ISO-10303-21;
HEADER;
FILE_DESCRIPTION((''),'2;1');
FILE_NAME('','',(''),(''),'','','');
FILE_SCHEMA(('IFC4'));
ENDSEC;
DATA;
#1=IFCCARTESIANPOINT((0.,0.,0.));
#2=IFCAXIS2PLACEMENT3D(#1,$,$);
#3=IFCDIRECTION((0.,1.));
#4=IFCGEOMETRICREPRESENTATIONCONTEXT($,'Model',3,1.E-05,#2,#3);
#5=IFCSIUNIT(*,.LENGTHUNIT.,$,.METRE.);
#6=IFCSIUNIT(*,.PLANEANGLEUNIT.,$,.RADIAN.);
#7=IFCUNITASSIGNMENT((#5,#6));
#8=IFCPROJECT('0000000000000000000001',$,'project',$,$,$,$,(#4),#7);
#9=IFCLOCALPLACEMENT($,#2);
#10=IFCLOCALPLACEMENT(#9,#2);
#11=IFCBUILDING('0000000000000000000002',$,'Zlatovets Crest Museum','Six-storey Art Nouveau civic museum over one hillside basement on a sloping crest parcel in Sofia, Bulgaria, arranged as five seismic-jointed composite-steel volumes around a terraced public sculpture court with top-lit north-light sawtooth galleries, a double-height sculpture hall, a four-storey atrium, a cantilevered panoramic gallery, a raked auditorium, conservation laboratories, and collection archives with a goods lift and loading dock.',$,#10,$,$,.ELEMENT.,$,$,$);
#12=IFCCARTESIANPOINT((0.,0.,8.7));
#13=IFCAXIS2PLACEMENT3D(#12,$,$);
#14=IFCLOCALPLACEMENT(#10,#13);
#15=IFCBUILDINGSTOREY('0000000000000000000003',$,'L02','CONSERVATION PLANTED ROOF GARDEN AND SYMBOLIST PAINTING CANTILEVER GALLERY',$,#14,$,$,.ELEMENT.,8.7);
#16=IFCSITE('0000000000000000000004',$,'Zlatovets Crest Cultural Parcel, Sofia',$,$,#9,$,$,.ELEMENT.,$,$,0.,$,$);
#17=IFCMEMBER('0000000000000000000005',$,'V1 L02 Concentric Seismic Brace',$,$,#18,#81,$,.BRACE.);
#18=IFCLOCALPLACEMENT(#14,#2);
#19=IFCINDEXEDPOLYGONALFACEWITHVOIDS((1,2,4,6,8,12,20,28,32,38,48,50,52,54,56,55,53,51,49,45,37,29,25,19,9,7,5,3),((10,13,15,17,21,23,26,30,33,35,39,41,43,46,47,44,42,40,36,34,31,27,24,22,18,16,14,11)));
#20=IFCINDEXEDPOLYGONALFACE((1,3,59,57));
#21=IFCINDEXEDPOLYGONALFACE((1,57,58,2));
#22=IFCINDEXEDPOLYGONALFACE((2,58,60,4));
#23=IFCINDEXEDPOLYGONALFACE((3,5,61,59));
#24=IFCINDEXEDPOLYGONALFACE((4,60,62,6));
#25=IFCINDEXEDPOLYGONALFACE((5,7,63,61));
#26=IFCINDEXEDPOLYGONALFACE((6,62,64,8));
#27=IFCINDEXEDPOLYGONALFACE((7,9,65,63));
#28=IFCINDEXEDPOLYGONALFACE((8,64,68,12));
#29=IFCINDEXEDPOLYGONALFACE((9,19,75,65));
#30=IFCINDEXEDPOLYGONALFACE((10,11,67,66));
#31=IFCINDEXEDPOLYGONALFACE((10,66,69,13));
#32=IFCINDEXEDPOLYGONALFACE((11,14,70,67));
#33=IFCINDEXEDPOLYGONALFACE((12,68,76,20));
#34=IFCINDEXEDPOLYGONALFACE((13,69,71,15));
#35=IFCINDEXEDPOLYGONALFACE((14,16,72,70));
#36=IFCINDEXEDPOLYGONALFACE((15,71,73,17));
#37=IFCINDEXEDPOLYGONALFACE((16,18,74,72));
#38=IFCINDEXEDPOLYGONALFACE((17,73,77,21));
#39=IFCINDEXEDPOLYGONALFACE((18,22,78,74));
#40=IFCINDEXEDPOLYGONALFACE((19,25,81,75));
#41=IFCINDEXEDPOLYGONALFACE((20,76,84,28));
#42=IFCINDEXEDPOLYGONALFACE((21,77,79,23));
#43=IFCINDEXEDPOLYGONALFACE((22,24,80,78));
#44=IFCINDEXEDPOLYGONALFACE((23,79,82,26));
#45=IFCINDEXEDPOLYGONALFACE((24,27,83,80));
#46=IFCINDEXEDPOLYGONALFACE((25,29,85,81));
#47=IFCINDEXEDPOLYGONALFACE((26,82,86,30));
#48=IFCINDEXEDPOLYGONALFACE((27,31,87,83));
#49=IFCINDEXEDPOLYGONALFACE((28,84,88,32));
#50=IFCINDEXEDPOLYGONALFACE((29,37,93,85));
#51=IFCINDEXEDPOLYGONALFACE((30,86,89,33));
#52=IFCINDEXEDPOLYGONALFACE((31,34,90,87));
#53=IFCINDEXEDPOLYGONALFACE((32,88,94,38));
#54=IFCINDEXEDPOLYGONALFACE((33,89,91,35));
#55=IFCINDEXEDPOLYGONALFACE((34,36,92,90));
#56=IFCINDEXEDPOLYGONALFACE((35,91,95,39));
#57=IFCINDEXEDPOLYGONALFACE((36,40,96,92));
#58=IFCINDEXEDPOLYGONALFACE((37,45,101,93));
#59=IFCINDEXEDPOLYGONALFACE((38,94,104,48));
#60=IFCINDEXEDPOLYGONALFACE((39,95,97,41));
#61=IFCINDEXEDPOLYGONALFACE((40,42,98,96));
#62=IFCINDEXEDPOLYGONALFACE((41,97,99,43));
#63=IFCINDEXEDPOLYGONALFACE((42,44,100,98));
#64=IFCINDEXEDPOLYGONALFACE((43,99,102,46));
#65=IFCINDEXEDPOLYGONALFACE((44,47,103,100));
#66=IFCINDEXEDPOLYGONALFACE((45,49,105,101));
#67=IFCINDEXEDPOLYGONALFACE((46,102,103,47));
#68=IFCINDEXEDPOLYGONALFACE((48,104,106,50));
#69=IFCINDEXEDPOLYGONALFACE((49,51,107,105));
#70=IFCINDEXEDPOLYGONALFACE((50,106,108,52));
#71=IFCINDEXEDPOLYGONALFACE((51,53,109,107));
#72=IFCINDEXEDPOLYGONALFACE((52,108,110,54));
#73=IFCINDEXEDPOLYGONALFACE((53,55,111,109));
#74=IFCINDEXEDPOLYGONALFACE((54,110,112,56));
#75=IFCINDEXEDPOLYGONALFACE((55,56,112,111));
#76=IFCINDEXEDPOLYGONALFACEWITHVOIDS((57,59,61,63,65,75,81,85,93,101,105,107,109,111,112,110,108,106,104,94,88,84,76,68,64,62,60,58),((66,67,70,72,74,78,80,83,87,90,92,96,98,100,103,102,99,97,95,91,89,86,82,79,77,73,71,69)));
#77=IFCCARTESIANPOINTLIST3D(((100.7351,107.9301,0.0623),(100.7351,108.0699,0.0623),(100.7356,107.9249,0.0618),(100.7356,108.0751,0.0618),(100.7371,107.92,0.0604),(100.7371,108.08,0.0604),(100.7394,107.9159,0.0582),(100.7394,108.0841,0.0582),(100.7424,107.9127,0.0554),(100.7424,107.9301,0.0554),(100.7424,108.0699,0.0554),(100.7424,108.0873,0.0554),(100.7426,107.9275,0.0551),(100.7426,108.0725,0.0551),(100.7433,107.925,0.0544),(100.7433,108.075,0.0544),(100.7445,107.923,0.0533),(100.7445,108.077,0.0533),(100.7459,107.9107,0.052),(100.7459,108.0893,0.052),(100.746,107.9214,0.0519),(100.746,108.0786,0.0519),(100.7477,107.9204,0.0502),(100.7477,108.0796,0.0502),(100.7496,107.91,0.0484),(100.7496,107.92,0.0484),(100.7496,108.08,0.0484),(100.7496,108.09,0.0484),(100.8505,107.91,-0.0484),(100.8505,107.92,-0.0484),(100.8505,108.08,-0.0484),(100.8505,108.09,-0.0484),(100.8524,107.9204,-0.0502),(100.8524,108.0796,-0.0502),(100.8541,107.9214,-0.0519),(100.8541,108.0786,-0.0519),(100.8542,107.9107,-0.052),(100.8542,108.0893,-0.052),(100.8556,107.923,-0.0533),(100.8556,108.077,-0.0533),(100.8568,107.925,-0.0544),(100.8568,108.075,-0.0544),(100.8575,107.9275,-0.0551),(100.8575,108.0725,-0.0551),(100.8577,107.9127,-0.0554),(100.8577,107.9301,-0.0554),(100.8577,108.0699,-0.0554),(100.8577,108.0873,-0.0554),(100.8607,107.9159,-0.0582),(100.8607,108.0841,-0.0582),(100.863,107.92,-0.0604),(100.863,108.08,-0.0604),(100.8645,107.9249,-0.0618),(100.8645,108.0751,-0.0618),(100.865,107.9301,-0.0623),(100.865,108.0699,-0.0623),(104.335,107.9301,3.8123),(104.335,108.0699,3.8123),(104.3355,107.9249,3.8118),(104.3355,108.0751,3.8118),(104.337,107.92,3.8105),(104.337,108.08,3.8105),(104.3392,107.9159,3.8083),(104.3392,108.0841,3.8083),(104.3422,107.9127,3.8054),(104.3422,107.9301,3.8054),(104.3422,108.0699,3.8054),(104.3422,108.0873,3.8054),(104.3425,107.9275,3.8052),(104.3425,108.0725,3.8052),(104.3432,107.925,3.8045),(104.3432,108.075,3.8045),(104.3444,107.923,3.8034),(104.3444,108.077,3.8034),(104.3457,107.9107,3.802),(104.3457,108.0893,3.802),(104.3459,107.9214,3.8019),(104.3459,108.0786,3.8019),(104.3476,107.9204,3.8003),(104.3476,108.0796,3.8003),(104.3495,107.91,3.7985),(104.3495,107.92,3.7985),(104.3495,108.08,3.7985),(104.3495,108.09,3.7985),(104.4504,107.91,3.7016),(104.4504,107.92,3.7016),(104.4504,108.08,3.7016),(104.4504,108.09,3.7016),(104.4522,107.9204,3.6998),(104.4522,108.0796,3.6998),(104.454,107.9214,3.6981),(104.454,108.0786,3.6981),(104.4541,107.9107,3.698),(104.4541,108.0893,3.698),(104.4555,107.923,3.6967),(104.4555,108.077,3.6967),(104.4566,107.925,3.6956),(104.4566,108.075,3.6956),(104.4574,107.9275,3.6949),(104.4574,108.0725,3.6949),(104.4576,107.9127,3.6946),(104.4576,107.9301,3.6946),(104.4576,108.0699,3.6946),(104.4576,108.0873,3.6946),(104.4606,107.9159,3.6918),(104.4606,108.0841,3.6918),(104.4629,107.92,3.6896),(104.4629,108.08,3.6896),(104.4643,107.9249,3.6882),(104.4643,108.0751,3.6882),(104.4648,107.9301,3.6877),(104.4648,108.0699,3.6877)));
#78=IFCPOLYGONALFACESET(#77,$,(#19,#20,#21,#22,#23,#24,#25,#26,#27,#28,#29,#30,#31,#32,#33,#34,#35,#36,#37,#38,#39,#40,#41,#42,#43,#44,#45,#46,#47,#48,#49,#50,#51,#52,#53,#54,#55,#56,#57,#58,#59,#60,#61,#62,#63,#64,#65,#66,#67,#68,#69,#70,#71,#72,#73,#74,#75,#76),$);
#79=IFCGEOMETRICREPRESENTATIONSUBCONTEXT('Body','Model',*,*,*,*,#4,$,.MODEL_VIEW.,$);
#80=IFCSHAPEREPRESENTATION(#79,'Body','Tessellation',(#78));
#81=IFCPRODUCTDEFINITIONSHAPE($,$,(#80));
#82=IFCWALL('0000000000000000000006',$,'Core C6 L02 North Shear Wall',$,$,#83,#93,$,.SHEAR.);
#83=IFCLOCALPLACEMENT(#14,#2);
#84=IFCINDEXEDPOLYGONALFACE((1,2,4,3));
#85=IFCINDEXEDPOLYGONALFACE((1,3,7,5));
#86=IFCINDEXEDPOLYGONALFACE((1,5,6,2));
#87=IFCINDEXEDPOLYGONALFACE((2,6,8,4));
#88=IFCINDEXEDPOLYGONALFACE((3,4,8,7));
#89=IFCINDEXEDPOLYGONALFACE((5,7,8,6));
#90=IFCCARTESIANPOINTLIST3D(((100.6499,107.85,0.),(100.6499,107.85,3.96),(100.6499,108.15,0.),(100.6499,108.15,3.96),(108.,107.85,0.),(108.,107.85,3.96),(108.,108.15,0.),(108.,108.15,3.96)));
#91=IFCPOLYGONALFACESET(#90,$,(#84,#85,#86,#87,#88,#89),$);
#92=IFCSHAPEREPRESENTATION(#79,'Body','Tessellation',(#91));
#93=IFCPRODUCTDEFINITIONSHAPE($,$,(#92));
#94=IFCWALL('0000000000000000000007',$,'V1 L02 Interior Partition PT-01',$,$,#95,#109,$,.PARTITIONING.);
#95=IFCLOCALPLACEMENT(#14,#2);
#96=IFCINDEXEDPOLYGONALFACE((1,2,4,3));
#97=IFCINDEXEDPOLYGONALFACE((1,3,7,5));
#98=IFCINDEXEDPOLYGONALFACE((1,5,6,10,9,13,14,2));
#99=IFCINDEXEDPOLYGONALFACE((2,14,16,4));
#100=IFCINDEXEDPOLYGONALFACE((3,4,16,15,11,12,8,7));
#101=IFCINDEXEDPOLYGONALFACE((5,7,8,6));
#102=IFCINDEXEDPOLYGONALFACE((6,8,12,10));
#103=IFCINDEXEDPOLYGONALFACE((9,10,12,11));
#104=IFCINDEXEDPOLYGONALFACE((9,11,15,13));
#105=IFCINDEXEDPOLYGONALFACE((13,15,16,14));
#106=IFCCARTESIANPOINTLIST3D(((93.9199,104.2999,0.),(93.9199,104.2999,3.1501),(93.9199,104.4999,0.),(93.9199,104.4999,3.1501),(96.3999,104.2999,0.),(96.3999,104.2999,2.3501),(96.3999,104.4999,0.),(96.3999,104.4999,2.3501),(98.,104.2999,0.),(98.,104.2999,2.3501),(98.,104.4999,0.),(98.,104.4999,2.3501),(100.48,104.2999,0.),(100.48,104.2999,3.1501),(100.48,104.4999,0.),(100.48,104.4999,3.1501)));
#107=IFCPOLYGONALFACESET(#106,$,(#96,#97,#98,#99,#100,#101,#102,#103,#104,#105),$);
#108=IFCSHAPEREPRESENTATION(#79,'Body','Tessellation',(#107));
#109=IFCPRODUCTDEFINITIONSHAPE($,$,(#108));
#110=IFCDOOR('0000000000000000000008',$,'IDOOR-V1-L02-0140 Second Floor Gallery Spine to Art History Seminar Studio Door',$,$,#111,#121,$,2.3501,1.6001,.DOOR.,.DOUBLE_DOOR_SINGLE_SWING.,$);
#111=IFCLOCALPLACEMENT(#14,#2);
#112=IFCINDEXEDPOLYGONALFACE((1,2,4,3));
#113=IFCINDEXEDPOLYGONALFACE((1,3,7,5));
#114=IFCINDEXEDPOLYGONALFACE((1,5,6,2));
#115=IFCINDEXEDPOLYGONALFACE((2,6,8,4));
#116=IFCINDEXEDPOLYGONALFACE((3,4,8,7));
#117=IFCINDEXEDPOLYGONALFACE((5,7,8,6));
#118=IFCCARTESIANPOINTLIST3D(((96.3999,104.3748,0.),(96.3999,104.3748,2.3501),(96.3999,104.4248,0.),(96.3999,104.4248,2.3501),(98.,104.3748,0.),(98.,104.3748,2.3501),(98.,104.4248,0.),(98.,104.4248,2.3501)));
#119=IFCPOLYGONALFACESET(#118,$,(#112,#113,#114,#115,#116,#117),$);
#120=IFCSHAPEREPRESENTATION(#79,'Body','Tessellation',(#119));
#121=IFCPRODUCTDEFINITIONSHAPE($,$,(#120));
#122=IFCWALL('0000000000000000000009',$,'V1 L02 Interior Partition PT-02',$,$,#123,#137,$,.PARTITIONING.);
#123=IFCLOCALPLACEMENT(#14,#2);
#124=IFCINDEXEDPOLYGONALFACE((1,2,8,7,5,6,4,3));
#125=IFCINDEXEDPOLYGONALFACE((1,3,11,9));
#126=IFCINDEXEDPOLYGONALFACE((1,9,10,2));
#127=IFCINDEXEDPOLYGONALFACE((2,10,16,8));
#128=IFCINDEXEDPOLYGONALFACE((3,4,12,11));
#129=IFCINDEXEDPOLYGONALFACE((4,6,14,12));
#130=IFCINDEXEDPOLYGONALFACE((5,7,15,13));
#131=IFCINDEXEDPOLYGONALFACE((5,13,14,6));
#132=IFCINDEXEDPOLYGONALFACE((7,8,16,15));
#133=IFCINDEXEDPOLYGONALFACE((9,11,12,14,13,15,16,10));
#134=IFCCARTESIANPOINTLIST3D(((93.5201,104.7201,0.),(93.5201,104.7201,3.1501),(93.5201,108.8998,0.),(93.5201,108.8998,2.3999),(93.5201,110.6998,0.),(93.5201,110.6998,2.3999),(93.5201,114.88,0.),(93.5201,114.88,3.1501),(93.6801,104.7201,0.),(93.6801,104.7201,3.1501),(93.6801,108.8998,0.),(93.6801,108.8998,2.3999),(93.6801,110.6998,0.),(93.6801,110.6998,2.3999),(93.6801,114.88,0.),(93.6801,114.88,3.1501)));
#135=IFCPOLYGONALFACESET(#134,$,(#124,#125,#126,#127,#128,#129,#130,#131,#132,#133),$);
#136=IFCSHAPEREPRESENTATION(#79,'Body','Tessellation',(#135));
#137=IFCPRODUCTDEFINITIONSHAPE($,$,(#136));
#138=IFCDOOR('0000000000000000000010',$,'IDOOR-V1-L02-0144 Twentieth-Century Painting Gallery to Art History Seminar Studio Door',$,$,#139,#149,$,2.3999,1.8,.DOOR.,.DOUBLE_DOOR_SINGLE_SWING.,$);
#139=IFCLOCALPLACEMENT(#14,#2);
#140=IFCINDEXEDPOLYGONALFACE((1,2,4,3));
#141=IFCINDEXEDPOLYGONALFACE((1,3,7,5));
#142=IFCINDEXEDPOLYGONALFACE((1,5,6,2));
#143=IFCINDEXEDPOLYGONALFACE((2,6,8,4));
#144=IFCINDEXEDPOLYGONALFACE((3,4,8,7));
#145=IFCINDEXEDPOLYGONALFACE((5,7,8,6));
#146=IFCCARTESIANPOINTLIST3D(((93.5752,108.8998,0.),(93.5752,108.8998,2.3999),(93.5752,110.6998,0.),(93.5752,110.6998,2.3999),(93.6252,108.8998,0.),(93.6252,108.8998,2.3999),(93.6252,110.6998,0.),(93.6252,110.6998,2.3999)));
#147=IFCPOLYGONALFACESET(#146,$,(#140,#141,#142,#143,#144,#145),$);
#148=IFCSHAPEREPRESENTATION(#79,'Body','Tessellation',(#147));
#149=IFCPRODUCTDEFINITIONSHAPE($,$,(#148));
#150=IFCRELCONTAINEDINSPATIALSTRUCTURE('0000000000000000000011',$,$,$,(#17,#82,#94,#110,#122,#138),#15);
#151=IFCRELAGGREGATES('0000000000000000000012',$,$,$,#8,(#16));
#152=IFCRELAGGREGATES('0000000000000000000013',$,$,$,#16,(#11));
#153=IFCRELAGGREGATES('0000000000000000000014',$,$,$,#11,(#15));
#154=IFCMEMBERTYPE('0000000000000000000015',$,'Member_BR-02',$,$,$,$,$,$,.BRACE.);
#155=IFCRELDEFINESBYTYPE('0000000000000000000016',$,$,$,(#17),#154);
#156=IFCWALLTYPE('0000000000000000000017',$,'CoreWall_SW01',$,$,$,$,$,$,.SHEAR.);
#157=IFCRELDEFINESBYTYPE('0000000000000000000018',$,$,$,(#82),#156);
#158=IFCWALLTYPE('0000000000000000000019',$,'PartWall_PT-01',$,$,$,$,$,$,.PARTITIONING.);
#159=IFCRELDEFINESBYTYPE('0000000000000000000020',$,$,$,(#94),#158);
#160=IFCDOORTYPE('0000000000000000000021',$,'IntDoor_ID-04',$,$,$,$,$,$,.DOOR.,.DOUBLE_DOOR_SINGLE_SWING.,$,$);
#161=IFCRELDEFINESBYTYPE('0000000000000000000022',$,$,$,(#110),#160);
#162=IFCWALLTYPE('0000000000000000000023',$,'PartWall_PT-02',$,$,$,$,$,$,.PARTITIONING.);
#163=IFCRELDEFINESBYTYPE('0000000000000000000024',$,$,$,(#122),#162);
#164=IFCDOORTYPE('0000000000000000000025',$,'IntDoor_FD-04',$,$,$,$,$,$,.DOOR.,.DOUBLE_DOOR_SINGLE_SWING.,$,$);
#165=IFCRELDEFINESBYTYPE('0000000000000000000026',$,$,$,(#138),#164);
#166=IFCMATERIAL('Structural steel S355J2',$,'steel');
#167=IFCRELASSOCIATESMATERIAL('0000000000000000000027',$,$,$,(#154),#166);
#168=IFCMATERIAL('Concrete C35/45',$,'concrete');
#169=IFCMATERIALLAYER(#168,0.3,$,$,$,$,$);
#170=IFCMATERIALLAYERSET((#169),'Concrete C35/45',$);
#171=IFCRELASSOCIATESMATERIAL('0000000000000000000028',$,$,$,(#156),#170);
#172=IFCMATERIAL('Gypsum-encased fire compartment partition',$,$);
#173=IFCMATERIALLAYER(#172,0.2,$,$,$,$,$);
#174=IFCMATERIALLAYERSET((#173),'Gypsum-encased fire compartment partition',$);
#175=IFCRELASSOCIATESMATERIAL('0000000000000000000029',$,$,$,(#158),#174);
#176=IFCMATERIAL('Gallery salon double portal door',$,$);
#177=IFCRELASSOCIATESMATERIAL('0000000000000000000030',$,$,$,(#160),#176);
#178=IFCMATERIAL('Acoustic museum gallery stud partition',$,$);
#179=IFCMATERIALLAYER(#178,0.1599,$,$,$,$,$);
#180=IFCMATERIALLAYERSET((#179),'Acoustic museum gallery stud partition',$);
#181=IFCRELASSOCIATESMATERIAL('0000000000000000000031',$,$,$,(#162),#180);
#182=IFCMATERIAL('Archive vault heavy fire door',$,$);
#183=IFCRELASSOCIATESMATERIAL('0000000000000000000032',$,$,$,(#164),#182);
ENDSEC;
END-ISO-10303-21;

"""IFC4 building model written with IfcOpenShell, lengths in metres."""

from ifc_helpers import new_model, si_unit, direction, frame, frame_2d, origin, origin_2d, place, context, subcontext, project, spatial, rectangle, hollow_rectangle, extrude, material, layer, layer_set, material_profile, profile_set, type_object, element, fill, save


model = new_model("IFC4")

# Units and contexts
model_context = context("Model", 3, precision=1e-05, world=origin(), true_north=direction((0.0, 1.0)))
body_context = subcontext(model_context, "Body", "Model", "MODEL_VIEW")
ifc_project = project(units=[si_unit("LENGTHUNIT", "METRE"), si_unit("PLANEANGLEUNIT", "RADIAN")], contexts=[model_context])

# Site, building, storey
site_placement = place(None, origin())
site = spatial("IfcSite", under=ifc_project, at=site_placement, Name="Zlatovets Crest Cultural Parcel, Sofia", CompositionType="ELEMENT", RefElevation=0.0)
building_placement = place(site_placement, origin())
building = spatial("IfcBuilding", under=site, at=building_placement, Name="Zlatovets Crest Museum", Description="Six-storey Art Nouveau civic museum over one hillside basement on a sloping crest parcel in Sofia, Bulgaria, arranged as five seismic-jointed composite-steel volumes around a terraced public sculpture court with top-lit north-light sawtooth galleries, a double-height sculpture hall, a four-storey atrium, a cantilevered panoramic gallery, a raked auditorium, conservation laboratories, and collection archives with a goods lift and loading dock.", CompositionType="ELEMENT")
storey_placement = place(building_placement, frame((0.0, 0.0, 8.7)))
storey = spatial("IfcBuildingStorey", under=building, at=storey_placement, Name="L02", Description="CONSERVATION PLANTED ROOF GARDEN AND SYMBOLIST PAINTING CANTILEVER GALLERY", CompositionType="ELEMENT", Elevation=8.7)

# Shared definitions
ifc_material_1 = material(Name="Structural steel S355J2", Category="steel")

# Member
ifc_material_profile_1 = material_profile(ifc_material_1, hollow_rectangle(XDim=0.1799, YDim=0.1799, WallThickness=0.01, InnerFilletRadius=0.01, OuterFilletRadius=0.02, at=origin_2d()), Name="SHS 180x180x10.0")
ifc_profile_set_1 = profile_set([ifc_material_profile_1], Name="Structural steel S355J2")
member_type = type_object("IfcMemberType", Name="Member_BR-02", PredefinedType="BRACE", material=ifc_profile_set_1)
member_placement = place(storey_placement, frame((100.8, 108.0, 0.0), z_axis=(0.692517, 0.0, 0.721401), x_axis=(0.0, 1.0, 0.0)))
element("IfcMember", 1, at=member_placement, inside=storey, type_object=member_type, Name="V1 L02 Concentric Seismic Brace", PredefinedType="BRACE", context=body_context, shape_type="SweptSolid", body=[
    extrude(hollow_rectangle(XDim=0.1799, YDim=0.1799, WallThickness=0.01, InnerFilletRadius=0.01, OuterFilletRadius=0.02, at=origin_2d()), origin(), (0.0, 0.0, 1.0), 5.1982),
])

# Wall
ifc_material_2 = material(Name="Concrete C35/45", Category="concrete")
ifc_layer_1 = layer(ifc_material_2, 0.3)
ifc_layer_set_1 = layer_set([ifc_layer_1], Name="Concrete C35/45")
wall_type_1 = type_object("IfcWallType", Name="CoreWall_SW01", PredefinedType="SHEAR", material=ifc_layer_set_1)
wall_1_placement = place(storey_placement, frame((100.6499, 108.0, 0.0), z_axis=(0.0, 0.0, 1.0), x_axis=(1.0, 0.0, 0.0)))
element("IfcWall", 2, at=wall_1_placement, inside=storey, type_object=wall_type_1, Name="Core C6 L02 North Shear Wall", PredefinedType="SHEAR", context=body_context, shape_type="SweptSolid", body=[
    extrude(rectangle(XDim=7.3501, YDim=0.3, at=frame_2d((3.675, 0.0))), origin(), (0.0, 0.0, 1.0), 3.96),
])

# Walls, openings, doors
ifc_material_3 = material(Name="Gypsum-encased fire compartment partition")
ifc_layer_2 = layer(ifc_material_3, 0.2)
ifc_layer_set_2 = layer_set([ifc_layer_2], Name="Gypsum-encased fire compartment partition")
wall_type_2 = type_object("IfcWallType", Name="PartWall_PT-01", PredefinedType="PARTITIONING", material=ifc_layer_set_2)
wall_2_placement = place(storey_placement, frame((93.9199, 104.3999, 0.0), z_axis=(0.0, 0.0, 1.0), x_axis=(1.0, 0.0, 0.0)))
wall_2 = element("IfcWall", 3, at=wall_2_placement, inside=storey, type_object=wall_type_2, Name="V1 L02 Interior Partition PT-01", PredefinedType="PARTITIONING", context=body_context, shape_type="SweptSolid", body=[
    extrude(rectangle(XDim=6.5601, YDim=0.2, at=frame_2d((3.28, 0.0))), origin(), (0.0, 0.0, 1.0), 3.1501),
])
opening_1_placement = place(wall_2_placement, frame((2.48, 0.0, 0.0)))
opening_1 = element("IfcOpeningElement", 4, at=opening_1_placement, cuts=wall_2, PredefinedType="OPENING", context=body_context, shape_type="SweptSolid", body=[
    extrude(rectangle(XDim=1.6001, YDim=2.3501, at=frame_2d((0.8, 1.175))), frame((0.0, 0.1099, 0.0), z_axis=(0.0, -1.0, 0.0), x_axis=(1.0, 0.0, 0.0)), (0.0, 0.0, 1.0), 0.22),
])
ifc_material_4 = material(Name="Gallery salon double portal door")
door_type_1 = type_object("IfcDoorType", Name="IntDoor_ID-04", OperationType="DOUBLE_DOOR_SINGLE_SWING", PredefinedType="DOOR", material=ifc_material_4)
door_1_placement = place(opening_1_placement, origin())
door_1 = element("IfcDoor", 5, at=door_1_placement, inside=storey, type_object=door_type_1, Name="IDOOR-V1-L02-0140 Second Floor Gallery Spine to Art History Seminar Studio Door", OperationType="DOUBLE_DOOR_SINGLE_SWING", OverallHeight=2.3501, OverallWidth=1.6001, PredefinedType="DOOR", context=body_context, shape_type="SweptSolid", body=[
    extrude(rectangle(XDim=1.6001, YDim=2.3501, at=frame_2d((0.8, 1.175))), frame((0.0, 0.0249, 0.0), z_axis=(0.0, -1.0, 0.0), x_axis=(1.0, 0.0, 0.0)), (0.0, 0.0, 1.0), 0.05),
])
fill(opening_1, door_1)
ifc_material_5 = material(Name="Acoustic museum gallery stud partition")
ifc_layer_3 = layer(ifc_material_5, 0.1599)
ifc_layer_set_3 = layer_set([ifc_layer_3], Name="Acoustic museum gallery stud partition")
wall_type_3 = type_object("IfcWallType", Name="PartWall_PT-02", PredefinedType="PARTITIONING", material=ifc_layer_set_3)
wall_3_placement = place(storey_placement, frame((93.6001, 104.72, 0.0), z_axis=(0.0, 0.0, 1.0), x_axis=(0.0, 1.0, 0.0)))
wall_3 = element("IfcWall", 6, at=wall_3_placement, inside=storey, type_object=wall_type_3, Name="V1 L02 Interior Partition PT-02", PredefinedType="PARTITIONING", context=body_context, shape_type="SweptSolid", body=[
    extrude(rectangle(XDim=10.1599, YDim=0.1599, at=frame_2d((5.0801, 0.0))), origin(), (0.0, 0.0, 1.0), 3.1501),
])
opening_2_placement = place(wall_3_placement, frame((4.1799, 0.0, 0.0)))
opening_2 = element("IfcOpeningElement", 7, at=opening_2_placement, cuts=wall_3, PredefinedType="OPENING", context=body_context, shape_type="SweptSolid", body=[
    extrude(rectangle(XDim=1.8, YDim=2.3999, at=frame_2d((0.8999, 1.2))), frame((0.0, 0.0898, 0.0), z_axis=(0.0, -1.0, 0.0), x_axis=(1.0, 0.0, 0.0)), (0.0, 0.0, 1.0), 0.1799),
])
ifc_material_6 = material(Name="Archive vault heavy fire door")
door_type_2 = type_object("IfcDoorType", Name="IntDoor_FD-04", OperationType="DOUBLE_DOOR_SINGLE_SWING", PredefinedType="DOOR", material=ifc_material_6)
door_2_placement = place(opening_2_placement, origin())
door_2 = element("IfcDoor", 8, at=door_2_placement, inside=storey, type_object=door_type_2, Name="IDOOR-V1-L02-0144 Twentieth-Century Painting Gallery to Art History Seminar Studio Door", OperationType="DOUBLE_DOOR_SINGLE_SWING", OverallHeight=2.3999, OverallWidth=1.8, PredefinedType="DOOR", context=body_context, shape_type="SweptSolid", body=[
    extrude(rectangle(XDim=1.8, YDim=2.3999, at=frame_2d((0.8999, 1.2))), frame((0.0, 0.0249, 0.0), z_axis=(0.0, -1.0, 0.0), x_axis=(1.0, 0.0, 0.0)), (0.0, 0.0, 1.0), 0.05),
])
fill(opening_2, door_2)

save(model, "model.ifc")
